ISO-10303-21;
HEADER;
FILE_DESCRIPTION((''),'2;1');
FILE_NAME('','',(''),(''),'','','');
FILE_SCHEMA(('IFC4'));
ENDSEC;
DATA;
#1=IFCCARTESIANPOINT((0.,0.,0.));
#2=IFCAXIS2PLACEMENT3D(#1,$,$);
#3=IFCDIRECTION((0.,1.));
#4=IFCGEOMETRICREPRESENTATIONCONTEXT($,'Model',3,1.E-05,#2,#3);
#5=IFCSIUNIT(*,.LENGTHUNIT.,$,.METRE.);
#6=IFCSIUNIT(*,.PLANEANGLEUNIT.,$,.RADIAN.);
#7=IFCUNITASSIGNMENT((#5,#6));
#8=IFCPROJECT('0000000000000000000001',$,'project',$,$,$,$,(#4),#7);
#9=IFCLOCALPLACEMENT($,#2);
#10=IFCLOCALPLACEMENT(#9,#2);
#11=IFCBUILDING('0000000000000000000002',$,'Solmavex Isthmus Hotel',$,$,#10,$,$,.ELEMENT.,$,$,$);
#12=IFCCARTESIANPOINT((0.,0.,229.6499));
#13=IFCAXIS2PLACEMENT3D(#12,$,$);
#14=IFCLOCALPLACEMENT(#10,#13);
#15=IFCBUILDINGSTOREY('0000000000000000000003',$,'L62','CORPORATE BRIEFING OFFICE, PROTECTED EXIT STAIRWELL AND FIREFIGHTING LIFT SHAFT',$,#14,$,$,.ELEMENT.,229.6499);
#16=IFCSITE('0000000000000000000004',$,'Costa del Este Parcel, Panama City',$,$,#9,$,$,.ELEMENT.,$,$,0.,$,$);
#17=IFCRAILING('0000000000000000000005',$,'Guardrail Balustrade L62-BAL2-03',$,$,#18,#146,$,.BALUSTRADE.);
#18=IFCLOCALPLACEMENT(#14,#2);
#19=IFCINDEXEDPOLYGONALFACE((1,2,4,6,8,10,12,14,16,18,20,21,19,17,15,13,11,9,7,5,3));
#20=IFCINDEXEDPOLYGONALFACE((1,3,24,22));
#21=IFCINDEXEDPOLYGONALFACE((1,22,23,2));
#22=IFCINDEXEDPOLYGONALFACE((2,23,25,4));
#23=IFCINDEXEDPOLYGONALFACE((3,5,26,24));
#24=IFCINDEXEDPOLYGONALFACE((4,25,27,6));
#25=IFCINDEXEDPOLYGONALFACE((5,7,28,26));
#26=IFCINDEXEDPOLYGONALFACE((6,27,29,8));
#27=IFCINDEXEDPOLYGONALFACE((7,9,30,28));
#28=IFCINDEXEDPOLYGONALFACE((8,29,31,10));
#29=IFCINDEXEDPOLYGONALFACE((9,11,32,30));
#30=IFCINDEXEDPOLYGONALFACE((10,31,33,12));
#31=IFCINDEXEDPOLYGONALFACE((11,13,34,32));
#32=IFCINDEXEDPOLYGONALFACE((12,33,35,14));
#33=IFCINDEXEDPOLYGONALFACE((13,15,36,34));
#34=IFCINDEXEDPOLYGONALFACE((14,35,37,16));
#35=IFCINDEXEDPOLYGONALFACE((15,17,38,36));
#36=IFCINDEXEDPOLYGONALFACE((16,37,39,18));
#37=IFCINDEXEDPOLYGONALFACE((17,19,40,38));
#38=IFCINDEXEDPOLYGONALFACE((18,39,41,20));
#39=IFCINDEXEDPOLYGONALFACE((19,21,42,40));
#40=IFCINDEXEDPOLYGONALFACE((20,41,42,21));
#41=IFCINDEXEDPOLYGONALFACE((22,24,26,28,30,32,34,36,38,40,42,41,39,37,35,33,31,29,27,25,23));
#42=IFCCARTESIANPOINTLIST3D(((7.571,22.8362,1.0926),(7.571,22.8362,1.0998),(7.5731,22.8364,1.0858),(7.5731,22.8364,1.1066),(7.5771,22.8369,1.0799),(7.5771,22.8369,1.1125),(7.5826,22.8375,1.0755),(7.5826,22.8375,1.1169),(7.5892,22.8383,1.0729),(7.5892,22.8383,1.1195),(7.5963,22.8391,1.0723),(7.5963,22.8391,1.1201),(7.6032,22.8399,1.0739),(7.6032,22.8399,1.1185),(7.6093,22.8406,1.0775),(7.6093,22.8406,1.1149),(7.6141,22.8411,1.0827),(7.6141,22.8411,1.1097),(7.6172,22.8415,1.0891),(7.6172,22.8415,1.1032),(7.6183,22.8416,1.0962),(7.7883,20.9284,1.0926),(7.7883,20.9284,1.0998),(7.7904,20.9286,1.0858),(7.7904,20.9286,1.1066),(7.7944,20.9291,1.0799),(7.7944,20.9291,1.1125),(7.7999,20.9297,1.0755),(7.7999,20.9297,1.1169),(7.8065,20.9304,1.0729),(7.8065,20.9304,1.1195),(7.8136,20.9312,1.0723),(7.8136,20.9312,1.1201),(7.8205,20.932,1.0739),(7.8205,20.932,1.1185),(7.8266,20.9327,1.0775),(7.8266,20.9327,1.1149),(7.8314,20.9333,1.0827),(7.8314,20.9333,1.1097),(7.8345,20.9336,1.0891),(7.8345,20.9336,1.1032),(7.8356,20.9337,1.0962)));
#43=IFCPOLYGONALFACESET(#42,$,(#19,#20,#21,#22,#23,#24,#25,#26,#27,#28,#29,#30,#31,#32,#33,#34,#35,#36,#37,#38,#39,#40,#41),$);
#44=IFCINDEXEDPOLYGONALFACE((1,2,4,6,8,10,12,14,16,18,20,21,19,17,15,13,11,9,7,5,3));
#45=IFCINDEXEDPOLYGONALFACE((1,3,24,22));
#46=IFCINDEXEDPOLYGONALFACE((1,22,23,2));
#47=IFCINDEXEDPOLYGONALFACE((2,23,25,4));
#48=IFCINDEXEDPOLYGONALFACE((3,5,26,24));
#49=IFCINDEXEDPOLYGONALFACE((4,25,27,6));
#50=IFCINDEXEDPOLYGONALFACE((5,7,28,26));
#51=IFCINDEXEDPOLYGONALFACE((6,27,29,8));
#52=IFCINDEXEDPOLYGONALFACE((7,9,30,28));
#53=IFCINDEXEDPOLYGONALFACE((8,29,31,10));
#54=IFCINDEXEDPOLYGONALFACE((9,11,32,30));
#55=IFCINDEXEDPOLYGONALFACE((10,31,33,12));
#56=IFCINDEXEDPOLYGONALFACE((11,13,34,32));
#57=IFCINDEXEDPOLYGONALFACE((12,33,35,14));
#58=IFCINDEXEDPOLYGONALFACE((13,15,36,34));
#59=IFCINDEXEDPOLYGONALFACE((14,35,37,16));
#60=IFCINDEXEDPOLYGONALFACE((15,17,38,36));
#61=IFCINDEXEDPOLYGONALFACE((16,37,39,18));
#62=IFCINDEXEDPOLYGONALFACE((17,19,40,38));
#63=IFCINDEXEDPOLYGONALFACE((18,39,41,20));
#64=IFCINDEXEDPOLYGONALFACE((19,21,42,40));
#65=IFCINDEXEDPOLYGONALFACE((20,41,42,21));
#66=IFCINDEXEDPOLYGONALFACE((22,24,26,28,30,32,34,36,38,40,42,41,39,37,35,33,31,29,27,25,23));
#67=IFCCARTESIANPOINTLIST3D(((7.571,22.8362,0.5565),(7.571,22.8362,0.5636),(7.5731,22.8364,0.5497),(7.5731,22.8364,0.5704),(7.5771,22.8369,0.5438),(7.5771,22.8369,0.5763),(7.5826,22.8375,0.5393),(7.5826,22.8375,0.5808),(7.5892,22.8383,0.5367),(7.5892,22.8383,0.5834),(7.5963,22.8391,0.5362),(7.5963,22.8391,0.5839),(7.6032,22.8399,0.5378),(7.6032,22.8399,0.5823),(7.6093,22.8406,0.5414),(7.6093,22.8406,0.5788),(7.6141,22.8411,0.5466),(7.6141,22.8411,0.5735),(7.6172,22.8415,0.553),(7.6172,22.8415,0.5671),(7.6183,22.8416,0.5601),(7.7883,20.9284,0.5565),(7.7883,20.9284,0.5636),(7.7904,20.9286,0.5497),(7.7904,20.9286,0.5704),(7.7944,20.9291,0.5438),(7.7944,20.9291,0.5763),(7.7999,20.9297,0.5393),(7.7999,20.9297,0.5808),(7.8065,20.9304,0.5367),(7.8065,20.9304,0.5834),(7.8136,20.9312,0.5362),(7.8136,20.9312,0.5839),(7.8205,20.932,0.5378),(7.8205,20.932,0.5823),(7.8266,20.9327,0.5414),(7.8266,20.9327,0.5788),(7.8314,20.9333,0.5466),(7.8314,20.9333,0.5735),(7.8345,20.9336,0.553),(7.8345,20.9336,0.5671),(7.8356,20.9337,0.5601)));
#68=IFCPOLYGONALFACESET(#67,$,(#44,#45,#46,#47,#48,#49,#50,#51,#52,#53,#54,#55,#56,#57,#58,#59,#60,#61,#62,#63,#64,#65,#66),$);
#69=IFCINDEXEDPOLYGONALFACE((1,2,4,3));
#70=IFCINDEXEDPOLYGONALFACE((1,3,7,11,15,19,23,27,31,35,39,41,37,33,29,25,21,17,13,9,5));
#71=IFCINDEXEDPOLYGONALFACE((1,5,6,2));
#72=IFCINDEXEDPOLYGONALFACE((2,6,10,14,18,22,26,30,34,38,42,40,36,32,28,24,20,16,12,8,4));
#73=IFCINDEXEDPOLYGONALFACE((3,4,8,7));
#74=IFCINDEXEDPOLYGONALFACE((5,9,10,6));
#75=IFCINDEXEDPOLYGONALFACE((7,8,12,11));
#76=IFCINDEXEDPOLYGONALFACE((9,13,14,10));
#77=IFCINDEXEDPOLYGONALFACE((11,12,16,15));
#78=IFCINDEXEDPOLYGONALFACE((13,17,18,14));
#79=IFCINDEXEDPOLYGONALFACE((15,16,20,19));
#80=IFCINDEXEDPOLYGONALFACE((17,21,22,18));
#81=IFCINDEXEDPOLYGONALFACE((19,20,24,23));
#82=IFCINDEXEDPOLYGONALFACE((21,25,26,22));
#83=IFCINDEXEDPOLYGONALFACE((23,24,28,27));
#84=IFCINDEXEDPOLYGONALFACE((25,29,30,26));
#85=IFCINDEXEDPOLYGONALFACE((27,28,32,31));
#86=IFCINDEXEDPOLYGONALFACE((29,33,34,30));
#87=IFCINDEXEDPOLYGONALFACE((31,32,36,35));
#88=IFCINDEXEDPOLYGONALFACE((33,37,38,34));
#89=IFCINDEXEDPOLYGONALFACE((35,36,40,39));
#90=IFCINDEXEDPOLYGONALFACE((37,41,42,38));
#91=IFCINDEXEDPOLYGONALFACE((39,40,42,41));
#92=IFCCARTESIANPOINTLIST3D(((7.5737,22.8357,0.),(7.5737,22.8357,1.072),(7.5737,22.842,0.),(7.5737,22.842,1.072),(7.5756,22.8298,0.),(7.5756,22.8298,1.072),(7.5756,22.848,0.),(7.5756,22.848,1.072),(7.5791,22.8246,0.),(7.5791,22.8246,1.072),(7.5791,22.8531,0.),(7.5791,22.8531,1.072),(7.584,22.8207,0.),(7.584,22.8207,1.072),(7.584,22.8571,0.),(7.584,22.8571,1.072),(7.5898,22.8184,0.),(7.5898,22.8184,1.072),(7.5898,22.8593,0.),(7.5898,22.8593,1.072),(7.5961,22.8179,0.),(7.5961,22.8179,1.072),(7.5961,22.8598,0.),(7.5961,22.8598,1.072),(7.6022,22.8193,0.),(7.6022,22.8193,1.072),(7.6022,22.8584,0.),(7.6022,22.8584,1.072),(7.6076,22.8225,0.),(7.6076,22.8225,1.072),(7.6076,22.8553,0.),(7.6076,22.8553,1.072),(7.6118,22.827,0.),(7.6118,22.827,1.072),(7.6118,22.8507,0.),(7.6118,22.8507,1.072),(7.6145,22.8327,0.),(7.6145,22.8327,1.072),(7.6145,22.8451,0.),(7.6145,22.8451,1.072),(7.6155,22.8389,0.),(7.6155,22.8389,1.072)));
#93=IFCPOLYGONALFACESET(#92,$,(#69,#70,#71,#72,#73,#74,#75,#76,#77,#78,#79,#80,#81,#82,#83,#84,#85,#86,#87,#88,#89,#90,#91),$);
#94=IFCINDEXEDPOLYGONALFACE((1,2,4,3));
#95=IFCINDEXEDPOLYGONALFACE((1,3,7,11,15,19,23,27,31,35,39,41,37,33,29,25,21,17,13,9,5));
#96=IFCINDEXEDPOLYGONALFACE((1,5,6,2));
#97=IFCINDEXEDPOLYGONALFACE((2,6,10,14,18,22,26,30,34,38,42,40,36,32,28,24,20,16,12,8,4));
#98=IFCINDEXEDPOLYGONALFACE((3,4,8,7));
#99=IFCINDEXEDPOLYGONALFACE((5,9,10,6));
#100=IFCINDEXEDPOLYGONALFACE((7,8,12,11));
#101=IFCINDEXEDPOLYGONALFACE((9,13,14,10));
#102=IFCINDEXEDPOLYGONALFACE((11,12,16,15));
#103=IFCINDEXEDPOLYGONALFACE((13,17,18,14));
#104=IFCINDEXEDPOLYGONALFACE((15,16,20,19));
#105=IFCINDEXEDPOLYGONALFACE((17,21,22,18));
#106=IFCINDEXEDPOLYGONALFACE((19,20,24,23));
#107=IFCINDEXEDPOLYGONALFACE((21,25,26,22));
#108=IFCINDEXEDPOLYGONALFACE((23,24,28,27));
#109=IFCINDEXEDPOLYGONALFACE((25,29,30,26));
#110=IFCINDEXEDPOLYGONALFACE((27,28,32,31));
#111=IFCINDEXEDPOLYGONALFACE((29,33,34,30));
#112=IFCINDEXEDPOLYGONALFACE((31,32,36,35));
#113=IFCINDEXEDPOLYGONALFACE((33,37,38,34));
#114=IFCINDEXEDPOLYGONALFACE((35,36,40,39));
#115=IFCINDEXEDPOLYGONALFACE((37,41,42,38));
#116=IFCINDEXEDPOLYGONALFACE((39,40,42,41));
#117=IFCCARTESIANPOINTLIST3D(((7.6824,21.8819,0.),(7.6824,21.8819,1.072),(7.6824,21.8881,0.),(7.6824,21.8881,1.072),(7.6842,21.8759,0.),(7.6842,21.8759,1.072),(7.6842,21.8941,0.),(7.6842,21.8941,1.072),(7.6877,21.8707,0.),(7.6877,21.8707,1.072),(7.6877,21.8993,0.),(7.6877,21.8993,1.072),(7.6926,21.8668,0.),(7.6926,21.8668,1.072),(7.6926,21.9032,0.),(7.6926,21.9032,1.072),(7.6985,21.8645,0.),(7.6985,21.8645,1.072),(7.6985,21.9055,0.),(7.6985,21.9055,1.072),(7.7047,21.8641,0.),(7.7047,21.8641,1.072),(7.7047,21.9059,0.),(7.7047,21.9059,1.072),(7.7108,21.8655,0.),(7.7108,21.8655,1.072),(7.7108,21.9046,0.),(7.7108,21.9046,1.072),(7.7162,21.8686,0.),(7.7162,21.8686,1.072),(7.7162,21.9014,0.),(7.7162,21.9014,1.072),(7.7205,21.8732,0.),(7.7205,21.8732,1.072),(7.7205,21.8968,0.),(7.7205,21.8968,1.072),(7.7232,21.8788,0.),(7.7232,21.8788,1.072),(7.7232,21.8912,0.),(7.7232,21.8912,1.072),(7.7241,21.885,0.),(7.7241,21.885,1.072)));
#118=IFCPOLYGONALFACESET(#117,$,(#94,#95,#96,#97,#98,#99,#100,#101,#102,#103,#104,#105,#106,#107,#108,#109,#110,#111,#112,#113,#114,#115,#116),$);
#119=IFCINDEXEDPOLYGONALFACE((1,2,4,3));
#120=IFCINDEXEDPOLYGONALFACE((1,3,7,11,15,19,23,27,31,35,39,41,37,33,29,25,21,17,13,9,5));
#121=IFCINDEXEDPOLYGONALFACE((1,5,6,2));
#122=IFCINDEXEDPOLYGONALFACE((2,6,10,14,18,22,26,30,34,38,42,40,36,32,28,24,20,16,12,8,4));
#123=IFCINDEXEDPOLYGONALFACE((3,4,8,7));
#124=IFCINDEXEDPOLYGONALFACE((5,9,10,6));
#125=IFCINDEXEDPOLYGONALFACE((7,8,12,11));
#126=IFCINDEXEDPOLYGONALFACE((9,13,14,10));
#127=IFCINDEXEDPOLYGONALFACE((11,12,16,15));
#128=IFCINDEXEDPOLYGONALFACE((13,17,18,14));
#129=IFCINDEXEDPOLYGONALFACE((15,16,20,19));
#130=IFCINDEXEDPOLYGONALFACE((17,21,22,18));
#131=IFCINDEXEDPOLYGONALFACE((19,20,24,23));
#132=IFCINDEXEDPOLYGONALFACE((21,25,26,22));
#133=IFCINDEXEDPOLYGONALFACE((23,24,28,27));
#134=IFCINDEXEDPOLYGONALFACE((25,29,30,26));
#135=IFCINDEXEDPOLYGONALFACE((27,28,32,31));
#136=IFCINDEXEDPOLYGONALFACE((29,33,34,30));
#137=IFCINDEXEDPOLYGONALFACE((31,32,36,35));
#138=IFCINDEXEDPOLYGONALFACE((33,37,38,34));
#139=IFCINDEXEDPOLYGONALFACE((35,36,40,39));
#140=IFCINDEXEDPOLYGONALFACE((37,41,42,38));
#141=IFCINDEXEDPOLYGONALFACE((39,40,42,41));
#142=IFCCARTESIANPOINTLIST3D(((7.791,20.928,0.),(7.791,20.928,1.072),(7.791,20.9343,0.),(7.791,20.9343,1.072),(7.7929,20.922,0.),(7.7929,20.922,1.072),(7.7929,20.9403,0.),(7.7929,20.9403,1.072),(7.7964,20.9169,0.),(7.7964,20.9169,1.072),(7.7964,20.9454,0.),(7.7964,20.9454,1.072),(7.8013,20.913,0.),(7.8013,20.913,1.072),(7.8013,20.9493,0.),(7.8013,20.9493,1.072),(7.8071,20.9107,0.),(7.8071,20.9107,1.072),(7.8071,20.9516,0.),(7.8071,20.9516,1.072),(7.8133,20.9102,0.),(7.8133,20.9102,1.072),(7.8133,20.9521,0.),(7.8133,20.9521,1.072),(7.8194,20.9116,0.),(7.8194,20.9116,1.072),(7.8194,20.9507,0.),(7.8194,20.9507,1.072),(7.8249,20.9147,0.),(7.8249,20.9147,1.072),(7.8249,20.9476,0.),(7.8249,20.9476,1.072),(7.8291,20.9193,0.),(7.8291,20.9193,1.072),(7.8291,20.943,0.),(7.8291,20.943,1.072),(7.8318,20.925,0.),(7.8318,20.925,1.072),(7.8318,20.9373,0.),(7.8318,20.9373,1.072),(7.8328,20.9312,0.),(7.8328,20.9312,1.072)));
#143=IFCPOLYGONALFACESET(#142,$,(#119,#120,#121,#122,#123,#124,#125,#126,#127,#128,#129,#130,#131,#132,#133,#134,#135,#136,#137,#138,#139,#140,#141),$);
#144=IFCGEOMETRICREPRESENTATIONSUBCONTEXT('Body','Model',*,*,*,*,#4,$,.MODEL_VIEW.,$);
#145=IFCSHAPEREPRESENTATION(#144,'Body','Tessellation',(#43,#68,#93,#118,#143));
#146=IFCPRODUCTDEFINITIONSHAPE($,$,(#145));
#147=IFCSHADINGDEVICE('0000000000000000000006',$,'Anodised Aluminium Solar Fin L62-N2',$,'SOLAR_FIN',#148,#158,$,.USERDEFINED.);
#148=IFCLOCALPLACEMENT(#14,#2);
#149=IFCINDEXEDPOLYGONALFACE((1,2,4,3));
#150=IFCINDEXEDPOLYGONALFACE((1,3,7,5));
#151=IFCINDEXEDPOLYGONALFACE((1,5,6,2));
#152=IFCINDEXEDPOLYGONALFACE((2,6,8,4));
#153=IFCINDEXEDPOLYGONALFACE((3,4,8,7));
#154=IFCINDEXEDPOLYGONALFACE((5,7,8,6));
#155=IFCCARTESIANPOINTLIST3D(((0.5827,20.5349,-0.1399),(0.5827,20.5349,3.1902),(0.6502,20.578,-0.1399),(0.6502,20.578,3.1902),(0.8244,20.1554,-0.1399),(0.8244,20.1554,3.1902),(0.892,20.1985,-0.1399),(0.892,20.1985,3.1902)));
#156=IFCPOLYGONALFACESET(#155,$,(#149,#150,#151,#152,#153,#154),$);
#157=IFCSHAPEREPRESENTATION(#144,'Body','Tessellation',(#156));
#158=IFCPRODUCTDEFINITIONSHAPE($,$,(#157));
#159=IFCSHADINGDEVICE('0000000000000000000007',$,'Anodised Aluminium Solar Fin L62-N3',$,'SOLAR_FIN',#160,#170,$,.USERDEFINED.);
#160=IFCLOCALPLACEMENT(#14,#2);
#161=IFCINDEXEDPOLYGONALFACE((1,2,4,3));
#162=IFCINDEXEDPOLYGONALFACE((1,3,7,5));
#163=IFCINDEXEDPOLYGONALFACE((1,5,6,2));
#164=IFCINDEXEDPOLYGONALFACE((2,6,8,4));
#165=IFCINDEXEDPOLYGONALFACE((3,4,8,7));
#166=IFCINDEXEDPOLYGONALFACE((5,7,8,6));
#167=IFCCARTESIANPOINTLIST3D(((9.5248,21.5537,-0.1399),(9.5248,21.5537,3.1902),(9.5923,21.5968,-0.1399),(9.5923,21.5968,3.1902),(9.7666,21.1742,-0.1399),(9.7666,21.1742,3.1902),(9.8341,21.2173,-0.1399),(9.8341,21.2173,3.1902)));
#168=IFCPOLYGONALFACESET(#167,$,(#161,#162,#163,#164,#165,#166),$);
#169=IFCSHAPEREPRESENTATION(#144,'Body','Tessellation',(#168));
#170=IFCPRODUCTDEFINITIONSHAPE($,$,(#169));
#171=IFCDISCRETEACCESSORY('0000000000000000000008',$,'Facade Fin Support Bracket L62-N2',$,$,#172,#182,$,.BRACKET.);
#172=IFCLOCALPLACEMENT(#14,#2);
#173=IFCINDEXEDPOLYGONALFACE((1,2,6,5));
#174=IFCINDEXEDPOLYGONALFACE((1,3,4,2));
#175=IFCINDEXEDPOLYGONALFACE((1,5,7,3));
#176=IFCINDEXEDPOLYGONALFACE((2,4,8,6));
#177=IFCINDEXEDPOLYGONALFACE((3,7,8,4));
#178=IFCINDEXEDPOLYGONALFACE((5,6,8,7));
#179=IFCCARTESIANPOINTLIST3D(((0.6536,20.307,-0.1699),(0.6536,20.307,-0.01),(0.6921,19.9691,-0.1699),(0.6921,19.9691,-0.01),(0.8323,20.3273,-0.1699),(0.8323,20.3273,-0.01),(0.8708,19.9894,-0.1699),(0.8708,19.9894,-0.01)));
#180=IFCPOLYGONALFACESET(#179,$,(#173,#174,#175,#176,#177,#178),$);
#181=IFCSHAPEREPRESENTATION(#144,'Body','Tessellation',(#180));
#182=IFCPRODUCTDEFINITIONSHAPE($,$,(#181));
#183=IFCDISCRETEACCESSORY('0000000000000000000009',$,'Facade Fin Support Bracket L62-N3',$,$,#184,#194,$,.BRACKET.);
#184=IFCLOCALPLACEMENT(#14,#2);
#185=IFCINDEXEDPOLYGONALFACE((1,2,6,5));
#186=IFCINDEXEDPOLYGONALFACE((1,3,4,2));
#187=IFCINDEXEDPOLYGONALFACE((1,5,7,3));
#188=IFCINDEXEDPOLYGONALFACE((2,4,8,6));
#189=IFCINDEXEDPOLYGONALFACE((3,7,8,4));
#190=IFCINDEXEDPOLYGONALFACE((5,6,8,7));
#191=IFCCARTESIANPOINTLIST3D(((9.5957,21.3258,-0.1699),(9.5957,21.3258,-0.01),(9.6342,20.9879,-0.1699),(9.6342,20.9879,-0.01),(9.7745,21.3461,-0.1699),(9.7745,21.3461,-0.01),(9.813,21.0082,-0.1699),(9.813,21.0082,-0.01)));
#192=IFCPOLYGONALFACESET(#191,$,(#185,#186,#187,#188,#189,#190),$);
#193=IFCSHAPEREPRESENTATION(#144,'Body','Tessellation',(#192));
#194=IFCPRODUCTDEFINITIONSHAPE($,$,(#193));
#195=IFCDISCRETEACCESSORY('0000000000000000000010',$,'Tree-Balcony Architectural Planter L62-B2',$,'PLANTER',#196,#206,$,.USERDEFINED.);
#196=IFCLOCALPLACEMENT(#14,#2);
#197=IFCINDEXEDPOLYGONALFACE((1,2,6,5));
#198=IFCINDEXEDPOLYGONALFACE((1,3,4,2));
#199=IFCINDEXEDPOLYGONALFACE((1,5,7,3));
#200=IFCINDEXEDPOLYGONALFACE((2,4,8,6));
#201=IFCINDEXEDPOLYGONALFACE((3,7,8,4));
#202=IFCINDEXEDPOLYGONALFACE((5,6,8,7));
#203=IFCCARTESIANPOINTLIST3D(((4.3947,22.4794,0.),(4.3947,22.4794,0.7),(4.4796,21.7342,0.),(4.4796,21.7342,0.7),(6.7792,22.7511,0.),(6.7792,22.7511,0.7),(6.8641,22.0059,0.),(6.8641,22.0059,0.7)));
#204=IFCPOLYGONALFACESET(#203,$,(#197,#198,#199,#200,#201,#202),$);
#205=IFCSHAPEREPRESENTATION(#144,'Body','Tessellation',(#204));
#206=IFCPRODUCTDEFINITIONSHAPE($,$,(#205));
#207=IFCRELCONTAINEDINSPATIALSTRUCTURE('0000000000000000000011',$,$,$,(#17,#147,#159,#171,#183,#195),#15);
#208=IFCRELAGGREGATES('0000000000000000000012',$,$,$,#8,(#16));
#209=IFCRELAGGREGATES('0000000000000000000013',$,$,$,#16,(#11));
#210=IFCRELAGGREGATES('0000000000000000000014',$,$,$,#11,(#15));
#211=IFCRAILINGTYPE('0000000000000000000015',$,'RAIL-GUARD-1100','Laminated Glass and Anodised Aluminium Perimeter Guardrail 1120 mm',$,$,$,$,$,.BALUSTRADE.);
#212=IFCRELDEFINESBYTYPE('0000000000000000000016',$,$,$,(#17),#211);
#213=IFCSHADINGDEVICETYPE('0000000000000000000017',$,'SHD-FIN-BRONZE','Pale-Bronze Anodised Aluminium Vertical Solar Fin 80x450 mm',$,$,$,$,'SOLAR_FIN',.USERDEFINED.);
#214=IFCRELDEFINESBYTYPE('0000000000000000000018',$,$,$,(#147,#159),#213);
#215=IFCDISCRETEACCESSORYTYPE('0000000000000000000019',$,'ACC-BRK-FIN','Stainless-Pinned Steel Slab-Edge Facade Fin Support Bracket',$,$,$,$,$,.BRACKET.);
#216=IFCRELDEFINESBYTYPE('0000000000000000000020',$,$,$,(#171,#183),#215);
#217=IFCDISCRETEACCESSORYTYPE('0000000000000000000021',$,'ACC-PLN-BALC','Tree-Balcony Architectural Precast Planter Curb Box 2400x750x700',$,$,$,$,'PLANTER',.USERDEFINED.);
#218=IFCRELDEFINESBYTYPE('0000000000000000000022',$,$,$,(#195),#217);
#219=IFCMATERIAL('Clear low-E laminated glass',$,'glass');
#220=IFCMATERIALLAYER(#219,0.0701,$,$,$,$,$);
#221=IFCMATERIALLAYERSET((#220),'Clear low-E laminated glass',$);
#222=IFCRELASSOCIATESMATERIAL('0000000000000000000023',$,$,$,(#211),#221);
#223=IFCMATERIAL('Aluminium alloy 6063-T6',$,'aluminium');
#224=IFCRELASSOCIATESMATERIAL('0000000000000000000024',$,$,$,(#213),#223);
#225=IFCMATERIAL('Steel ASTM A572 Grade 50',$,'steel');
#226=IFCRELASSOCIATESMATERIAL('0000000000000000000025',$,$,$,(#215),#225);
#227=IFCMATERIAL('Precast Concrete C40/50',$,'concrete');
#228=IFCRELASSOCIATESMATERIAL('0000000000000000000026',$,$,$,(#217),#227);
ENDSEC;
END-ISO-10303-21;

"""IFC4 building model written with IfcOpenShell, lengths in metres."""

from ifc_helpers import new_model, si_unit, direction, frame, origin, origin_2d, place, context, subcontext, project, spatial, rectangle, circle, extrude, material, layer, layer_set, type_object, element, save


model = new_model("IFC4")

# Units and contexts
model_context = context("Model", 3, precision=1e-05, world=origin(), true_north=direction((0.0, 1.0)))
body_context = subcontext(model_context, "Body", "Model", "MODEL_VIEW")
ifc_project = project(units=[si_unit("LENGTHUNIT", "METRE"), si_unit("PLANEANGLEUNIT", "RADIAN")], contexts=[model_context])

# Site, building, storey
site_placement = place(None, origin())
site = spatial("IfcSite", under=ifc_project, at=site_placement, Name="Costa del Este Parcel, Panama City", CompositionType="ELEMENT", RefElevation=0.0)
building_placement = place(site_placement, origin())
building = spatial("IfcBuilding", under=site, at=building_placement, Name="Solmavex Isthmus Hotel", CompositionType="ELEMENT")
storey_placement = place(building_placement, frame((0.0, 0.0, 229.6499)))
storey = spatial("IfcBuildingStorey", under=building, at=storey_placement, Name="L62", Description="CORPORATE BRIEFING OFFICE, PROTECTED EXIT STAIRWELL AND FIREFIGHTING LIFT SHAFT", CompositionType="ELEMENT", Elevation=229.6499)

# Shared definitions
ifc_material_1 = material(Name="Aluminium alloy 6063-T6", Category="aluminium")

# Shared definitions
ifc_material_2 = material(Name="Clear low-E laminated glass", Category="glass")

# Shared definitions
ifc_material_3 = material(Name="Precast Concrete C40/50", Category="concrete")

# Railing
ifc_layer_1 = layer(ifc_material_2, 0.0701)
ifc_layer_set_1 = layer_set([ifc_layer_1], Name="Clear low-E laminated glass")
railing_type = type_object("IfcRailingType", Name="RAIL-GUARD-1100", Description="Laminated Glass and Anodised Aluminium Perimeter Guardrail 1120 mm", PredefinedType="BALUSTRADE", material=ifc_layer_set_1)
railing_1_placement = place(storey_placement, frame((7.5945, 22.8389, 0.0)))
element("IfcRailing", 1, at=railing_1_placement, inside=storey, type_object=railing_type, Name="Guardrail Balustrade L62-BAL2-03", PredefinedType="BALUSTRADE", context=body_context, shape_type="SweptSolid", body=[
    extrude(circle(Radius=0.0239, at=origin_2d()), frame((0.0, 0.0, 1.0962), z_axis=(0.113166, -0.993576, 0.0), x_axis=(0.993576, 0.113166, 0.0)), (0.0, 0.0, 1.0), 1.9202),
    extrude(circle(Radius=0.0239, at=origin_2d()), frame((0.0, 0.0, 0.5601), z_axis=(0.113166, -0.993576, 0.0), x_axis=(0.993576, 0.113166, 0.0)), (0.0, 0.0, 1.0), 1.9202),
    extrude(circle(Radius=0.021, at=origin_2d()), origin(), (0.0, 0.0, 1.0), 1.072),
    extrude(circle(Radius=0.021, at=origin_2d()), frame((0.1086, -0.9539, 0.0)), (0.0, 0.0, 1.0), 1.072),
    extrude(circle(Radius=0.021, at=origin_2d()), frame((0.2173, -1.9077, 0.0)), (0.0, 0.0, 1.0), 1.072),
])

# Shading devices
shading_device_type = type_object("IfcShadingDeviceType", Name="SHD-FIN-BRONZE", Description="Pale-Bronze Anodised Aluminium Vertical Solar Fin 80x450 mm", ElementType="SOLAR_FIN", PredefinedType="USERDEFINED", material=ifc_material_1)
for number, where, z_axis, x_axis, name in (
    (2, (0.7373, 20.3667, -0.1399), (0.0, 0.0, 1.0), (-0.5373, 0.843391, 0.0), "Anodised Aluminium Solar Fin L62-N2"),
    (3, (9.6794, 21.3855, -0.1399), (0.0, 0.0, 1.0), (-0.5373, 0.843391, 0.0), "Anodised Aluminium Solar Fin L62-N3"),
):
    element("IfcShadingDevice", number, at=place(storey_placement, frame(where, z_axis=z_axis, x_axis=x_axis)), inside=storey, type_object=shading_device_type, Name=name, ObjectType="SOLAR_FIN", PredefinedType="USERDEFINED", context=body_context, shape_type="SweptSolid", body=[
        extrude(rectangle(XDim=0.45, YDim=0.0801, at=origin_2d()), origin(), (0.0, 0.0, 1.0), 3.3301),
    ])

# Discrete accessories
ifc_material_4 = material(Name="Steel ASTM A572 Grade 50", Category="steel")
discrete_accessory_type_1 = type_object("IfcDiscreteAccessoryType", Name="ACC-BRK-FIN", Description="Stainless-Pinned Steel Slab-Edge Facade Fin Support Bracket", PredefinedType="BRACKET", material=ifc_material_4)
for number, where, z_axis, x_axis, name in (
    (4, (0.7622, 20.1482, -0.1699), (0.0, 0.0, 1.0), (-0.113203, 0.993572, 0.0), "Facade Fin Support Bracket L62-N2"),
    (5, (9.7043, 21.167, -0.1699), (0.0, 0.0, 1.0), (-0.113203, 0.993572, 0.0), "Facade Fin Support Bracket L62-N3"),
):
    element("IfcDiscreteAccessory", number, at=place(storey_placement, frame(where, z_axis=z_axis, x_axis=x_axis)), inside=storey, type_object=discrete_accessory_type_1, Name=name, PredefinedType="BRACKET", context=body_context, shape_type="SweptSolid", body=[
        extrude(rectangle(XDim=0.3401, YDim=0.1799, at=origin_2d()), origin(), (0.0, 0.0, 1.0), 0.1599),
    ])
discrete_accessory_type_2 = type_object("IfcDiscreteAccessoryType", Name="ACC-PLN-BALC", Description="Tree-Balcony Architectural Precast Planter Curb Box 2400x750x700", ElementType="PLANTER", PredefinedType="USERDEFINED", material=ifc_material_3)
discrete_accessory_placement = place(storey_placement, frame((5.6294, 22.2427, 0.0), z_axis=(0.0, 0.0, 1.0), x_axis=(0.993572, 0.113203, 0.0)))
element("IfcDiscreteAccessory", 6, at=discrete_accessory_placement, inside=storey, type_object=discrete_accessory_type_2, Name="Tree-Balcony Architectural Planter L62-B2", ObjectType="PLANTER", PredefinedType="USERDEFINED", context=body_context, shape_type="SweptSolid", body=[
    extrude(rectangle(XDim=2.3999, YDim=0.75, at=origin_2d()), origin(), (0.0, 0.0, 1.0), 0.7),
])

save(model, "model.ifc")
